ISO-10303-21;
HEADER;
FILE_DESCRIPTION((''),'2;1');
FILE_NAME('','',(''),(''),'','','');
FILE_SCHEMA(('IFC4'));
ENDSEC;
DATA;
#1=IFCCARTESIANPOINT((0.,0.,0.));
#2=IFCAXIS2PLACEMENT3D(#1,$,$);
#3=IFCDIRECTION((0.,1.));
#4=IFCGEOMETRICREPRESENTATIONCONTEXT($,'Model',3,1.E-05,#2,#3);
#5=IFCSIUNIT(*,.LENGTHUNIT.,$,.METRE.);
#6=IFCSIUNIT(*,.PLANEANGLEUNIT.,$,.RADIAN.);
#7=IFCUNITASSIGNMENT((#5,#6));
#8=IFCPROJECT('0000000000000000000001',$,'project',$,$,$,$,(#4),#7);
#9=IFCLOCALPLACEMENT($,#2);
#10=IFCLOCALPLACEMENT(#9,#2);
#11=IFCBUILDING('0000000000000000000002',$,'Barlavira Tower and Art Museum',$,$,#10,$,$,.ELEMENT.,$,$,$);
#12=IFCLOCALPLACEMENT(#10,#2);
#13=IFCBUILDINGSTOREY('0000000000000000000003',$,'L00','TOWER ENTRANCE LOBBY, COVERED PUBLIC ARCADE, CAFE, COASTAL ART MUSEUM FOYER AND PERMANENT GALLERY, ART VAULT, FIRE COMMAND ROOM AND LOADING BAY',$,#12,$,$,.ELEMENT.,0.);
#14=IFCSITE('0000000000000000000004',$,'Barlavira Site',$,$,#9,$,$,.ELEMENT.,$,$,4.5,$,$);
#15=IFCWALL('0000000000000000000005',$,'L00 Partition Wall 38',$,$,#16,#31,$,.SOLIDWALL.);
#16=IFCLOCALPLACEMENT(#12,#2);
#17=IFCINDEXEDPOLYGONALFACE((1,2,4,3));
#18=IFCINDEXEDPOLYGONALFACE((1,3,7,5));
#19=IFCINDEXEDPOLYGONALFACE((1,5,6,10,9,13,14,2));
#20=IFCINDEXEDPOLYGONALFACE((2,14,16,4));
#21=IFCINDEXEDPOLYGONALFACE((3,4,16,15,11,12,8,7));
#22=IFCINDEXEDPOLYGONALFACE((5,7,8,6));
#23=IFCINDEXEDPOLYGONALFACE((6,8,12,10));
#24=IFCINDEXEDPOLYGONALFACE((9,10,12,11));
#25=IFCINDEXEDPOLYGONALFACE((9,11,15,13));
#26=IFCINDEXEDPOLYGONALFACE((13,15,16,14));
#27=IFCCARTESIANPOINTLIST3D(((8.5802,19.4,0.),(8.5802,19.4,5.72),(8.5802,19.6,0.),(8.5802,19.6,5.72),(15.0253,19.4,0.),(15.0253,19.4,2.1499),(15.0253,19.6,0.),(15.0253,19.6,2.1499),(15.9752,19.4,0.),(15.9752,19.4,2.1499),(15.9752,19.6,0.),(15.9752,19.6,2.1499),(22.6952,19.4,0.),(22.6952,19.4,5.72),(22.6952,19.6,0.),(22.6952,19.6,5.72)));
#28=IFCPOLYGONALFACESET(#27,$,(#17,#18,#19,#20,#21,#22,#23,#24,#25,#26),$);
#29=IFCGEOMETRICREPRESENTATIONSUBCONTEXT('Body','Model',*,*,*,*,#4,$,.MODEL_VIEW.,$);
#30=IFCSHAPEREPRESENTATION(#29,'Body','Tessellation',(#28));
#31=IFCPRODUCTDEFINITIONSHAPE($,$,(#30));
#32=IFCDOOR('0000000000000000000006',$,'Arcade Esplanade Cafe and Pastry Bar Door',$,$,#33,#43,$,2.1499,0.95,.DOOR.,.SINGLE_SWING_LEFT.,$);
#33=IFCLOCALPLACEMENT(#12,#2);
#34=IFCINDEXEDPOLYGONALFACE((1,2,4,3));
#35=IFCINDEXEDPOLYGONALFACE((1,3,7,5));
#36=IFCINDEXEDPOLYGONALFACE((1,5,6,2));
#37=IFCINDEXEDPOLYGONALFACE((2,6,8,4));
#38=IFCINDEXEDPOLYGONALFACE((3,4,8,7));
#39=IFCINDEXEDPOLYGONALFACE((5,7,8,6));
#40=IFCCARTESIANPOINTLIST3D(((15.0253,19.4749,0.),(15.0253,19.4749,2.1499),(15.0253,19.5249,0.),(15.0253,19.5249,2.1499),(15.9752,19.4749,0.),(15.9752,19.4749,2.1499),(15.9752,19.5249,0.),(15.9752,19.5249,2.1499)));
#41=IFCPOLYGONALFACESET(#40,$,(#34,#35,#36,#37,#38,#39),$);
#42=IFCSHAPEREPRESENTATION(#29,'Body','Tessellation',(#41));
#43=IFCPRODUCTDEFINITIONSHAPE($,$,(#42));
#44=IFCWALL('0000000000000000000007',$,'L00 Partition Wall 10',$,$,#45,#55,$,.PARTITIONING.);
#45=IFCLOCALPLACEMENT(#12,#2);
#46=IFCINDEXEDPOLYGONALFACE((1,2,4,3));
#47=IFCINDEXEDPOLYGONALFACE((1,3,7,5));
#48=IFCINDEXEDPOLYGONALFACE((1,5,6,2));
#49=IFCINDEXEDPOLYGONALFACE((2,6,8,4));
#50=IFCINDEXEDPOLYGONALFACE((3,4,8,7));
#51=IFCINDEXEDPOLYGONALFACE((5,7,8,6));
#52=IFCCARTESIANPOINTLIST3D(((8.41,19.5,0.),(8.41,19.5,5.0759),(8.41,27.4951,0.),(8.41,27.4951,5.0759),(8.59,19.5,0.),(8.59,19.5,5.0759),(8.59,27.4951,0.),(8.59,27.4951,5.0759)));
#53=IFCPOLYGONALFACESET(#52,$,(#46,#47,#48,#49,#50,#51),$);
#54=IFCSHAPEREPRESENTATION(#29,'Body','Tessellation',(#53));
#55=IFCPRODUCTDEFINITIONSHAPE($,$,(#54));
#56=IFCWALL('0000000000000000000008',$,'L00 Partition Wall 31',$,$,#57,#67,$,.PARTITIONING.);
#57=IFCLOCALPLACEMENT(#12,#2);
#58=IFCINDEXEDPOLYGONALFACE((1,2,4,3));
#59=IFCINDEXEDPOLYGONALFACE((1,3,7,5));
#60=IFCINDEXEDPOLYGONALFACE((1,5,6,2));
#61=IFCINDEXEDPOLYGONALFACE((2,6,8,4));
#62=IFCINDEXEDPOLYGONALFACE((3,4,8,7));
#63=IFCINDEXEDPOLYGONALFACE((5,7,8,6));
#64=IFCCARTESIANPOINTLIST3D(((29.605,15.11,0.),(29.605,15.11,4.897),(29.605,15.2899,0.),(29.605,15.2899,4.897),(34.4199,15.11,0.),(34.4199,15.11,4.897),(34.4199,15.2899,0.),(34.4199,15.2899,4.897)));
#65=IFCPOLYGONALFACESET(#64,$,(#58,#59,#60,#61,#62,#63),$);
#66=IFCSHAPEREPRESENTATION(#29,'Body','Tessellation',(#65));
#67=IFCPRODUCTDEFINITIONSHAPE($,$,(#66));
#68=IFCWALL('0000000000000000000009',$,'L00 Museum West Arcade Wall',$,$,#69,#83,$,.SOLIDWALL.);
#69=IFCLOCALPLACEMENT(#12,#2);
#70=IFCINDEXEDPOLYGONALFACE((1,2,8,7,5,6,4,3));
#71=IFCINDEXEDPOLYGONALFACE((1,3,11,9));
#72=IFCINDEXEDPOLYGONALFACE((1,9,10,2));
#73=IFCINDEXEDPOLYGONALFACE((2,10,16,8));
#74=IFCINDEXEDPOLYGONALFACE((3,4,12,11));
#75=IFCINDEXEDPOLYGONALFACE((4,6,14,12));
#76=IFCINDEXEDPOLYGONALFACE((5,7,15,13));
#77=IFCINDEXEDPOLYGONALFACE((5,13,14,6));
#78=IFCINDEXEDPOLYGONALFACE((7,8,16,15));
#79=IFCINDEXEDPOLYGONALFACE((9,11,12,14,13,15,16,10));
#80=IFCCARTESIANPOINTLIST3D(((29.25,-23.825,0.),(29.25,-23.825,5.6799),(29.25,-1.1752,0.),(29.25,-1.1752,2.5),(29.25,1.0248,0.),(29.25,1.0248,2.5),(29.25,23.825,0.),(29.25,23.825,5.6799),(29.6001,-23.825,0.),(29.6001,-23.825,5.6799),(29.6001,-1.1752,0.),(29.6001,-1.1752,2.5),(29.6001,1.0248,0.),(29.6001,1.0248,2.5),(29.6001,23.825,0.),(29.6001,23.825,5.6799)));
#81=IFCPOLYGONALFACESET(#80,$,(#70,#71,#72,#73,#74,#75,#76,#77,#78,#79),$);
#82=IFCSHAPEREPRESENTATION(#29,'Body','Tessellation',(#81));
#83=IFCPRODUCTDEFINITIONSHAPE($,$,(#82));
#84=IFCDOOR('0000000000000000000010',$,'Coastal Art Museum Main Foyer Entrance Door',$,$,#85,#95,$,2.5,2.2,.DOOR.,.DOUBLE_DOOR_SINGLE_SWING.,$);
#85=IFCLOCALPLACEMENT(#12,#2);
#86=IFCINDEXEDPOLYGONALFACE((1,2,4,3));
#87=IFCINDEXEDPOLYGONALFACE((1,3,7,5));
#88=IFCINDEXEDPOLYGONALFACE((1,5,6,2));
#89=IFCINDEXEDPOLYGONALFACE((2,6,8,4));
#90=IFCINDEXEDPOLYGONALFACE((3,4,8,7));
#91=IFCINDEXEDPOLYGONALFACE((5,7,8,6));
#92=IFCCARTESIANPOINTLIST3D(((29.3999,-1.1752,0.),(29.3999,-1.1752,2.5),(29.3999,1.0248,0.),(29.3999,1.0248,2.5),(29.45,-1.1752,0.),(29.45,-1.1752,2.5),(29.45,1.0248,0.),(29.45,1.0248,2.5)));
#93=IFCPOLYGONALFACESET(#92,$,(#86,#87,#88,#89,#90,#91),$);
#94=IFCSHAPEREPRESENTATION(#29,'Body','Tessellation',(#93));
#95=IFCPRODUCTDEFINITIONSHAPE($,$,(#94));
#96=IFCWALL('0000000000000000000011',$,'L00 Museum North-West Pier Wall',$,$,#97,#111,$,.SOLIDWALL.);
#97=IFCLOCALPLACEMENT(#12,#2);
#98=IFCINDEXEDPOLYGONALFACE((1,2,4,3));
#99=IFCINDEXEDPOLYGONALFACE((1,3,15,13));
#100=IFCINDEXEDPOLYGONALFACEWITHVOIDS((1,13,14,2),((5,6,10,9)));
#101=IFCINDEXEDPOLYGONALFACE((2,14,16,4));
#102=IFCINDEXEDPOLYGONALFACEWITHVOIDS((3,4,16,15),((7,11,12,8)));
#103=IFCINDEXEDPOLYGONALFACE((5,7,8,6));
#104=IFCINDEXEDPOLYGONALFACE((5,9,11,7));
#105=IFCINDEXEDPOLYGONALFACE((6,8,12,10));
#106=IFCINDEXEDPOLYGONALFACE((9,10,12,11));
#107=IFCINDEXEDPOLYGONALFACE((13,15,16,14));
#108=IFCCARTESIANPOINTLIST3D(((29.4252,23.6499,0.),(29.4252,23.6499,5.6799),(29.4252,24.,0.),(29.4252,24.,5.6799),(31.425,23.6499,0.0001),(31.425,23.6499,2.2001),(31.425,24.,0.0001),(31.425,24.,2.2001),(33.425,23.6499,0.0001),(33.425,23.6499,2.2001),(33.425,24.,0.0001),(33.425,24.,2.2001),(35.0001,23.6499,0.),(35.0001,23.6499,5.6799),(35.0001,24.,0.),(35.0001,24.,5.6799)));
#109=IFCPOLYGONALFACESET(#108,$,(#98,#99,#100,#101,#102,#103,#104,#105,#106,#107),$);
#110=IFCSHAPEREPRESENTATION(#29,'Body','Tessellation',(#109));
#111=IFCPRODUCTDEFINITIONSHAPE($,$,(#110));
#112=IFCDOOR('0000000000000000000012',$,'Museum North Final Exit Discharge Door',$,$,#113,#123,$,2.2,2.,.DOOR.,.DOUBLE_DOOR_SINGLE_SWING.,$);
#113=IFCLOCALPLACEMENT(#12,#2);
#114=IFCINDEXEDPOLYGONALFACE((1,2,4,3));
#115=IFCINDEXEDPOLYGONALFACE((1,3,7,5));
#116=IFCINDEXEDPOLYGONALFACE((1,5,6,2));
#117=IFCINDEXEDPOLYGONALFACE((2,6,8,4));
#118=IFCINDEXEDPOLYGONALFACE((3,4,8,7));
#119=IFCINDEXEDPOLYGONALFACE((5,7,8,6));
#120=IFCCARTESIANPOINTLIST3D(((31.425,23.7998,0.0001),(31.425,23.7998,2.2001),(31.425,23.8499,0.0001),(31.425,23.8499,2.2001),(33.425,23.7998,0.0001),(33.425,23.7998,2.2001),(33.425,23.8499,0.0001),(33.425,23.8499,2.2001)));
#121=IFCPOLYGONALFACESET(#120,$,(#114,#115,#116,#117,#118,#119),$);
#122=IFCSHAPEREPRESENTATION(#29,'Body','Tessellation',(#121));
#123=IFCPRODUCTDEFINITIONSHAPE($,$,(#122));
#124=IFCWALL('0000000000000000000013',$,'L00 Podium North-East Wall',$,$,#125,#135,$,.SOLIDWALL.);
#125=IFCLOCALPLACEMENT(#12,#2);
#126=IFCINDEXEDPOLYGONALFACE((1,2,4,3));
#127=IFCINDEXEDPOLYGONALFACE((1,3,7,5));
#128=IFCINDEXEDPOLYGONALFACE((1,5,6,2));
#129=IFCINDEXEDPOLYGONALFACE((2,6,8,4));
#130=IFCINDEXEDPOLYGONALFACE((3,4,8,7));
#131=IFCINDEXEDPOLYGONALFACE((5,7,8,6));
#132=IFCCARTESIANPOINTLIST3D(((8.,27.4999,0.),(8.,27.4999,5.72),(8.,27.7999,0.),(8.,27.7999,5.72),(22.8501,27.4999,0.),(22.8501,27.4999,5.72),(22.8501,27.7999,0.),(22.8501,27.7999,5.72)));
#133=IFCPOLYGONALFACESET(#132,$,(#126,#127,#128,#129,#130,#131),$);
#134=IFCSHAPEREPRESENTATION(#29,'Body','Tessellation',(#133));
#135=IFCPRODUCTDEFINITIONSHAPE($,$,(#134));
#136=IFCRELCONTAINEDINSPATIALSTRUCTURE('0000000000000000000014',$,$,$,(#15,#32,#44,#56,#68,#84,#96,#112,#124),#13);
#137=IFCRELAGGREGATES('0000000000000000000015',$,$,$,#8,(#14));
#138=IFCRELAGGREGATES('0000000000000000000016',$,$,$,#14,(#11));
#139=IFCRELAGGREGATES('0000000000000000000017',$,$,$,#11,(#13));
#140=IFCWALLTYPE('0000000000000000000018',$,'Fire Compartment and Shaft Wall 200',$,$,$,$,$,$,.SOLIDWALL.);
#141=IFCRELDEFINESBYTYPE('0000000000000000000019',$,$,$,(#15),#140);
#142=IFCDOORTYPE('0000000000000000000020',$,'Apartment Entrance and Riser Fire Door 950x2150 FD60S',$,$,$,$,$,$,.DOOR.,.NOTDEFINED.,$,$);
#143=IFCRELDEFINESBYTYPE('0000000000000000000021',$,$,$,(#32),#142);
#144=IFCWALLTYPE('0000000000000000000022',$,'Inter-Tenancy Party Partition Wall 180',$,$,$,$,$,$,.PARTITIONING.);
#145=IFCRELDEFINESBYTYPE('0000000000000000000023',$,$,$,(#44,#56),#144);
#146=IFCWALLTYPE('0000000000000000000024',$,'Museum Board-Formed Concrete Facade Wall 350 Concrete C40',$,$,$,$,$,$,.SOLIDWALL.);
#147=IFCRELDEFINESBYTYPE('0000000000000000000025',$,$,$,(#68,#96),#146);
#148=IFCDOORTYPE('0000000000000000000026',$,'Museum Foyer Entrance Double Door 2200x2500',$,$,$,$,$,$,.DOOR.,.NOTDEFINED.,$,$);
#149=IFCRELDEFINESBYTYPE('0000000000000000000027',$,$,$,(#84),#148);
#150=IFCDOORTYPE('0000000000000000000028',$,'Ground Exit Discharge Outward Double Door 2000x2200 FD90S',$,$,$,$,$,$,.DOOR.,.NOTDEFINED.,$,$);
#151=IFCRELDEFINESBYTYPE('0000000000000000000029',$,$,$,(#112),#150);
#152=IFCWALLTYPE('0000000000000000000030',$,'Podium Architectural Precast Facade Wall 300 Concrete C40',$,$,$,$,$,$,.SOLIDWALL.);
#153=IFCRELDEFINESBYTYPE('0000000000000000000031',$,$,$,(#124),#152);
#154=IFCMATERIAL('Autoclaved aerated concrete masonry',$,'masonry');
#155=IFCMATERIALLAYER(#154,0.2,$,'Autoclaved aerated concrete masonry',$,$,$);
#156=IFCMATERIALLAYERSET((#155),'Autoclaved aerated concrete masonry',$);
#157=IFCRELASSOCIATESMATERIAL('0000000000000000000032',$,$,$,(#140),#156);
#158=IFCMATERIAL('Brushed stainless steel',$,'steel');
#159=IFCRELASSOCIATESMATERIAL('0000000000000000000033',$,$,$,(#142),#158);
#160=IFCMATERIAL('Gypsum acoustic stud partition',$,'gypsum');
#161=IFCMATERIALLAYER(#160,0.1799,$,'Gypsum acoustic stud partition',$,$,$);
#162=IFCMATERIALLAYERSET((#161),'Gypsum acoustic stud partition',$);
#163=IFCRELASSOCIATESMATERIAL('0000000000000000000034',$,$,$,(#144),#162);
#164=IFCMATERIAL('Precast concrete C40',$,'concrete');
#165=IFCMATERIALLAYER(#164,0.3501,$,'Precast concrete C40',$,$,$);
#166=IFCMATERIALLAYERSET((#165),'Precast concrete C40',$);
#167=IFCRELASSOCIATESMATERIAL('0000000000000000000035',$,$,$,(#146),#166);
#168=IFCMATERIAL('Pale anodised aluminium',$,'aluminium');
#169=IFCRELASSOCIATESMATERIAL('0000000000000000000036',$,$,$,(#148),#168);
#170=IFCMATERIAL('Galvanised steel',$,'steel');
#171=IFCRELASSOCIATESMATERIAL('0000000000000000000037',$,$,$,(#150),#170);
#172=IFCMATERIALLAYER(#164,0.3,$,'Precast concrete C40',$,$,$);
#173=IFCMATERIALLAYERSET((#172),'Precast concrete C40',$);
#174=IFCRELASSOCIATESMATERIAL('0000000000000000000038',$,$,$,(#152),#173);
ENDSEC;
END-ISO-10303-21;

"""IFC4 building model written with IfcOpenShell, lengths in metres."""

from ifc_helpers import new_model, si_unit, direction, frame, frame_2d, origin, place, context, subcontext, project, spatial, rectangle, extrude, material, layer, layer_set, type_object, element, fill, save


model = new_model("IFC4")

# Units and contexts
model_context = context("Model", 3, precision=1e-05, world=origin(), true_north=direction((0.0, 1.0)))
body_context = subcontext(model_context, "Body", "Model", "MODEL_VIEW")
ifc_project = project(units=[si_unit("LENGTHUNIT", "METRE"), si_unit("PLANEANGLEUNIT", "RADIAN")], contexts=[model_context])

# Site, building, storey
site_placement = place(None, origin())
site = spatial("IfcSite", under=ifc_project, at=site_placement, Name="Barlavira Site", CompositionType="ELEMENT", RefElevation=4.5)
building_placement = place(site_placement, origin())
building = spatial("IfcBuilding", under=site, at=building_placement, Name="Barlavira Tower and Art Museum", CompositionType="ELEMENT")
storey_placement = place(building_placement, origin())
storey = spatial("IfcBuildingStorey", under=building, at=storey_placement, Name="L00", Description="TOWER ENTRANCE LOBBY, COVERED PUBLIC ARCADE, CAFE, COASTAL ART MUSEUM FOYER AND PERMANENT GALLERY, ART VAULT, FIRE COMMAND ROOM AND LOADING BAY", CompositionType="ELEMENT", Elevation=0.0)

# Shared definitions
ifc_material_1 = material(Name="Pale anodised aluminium", Category="aluminium")

# Wall, opening, door
ifc_material_2 = material(Name="Autoclaved aerated concrete masonry", Category="masonry")
ifc_layer_1 = layer(ifc_material_2, 0.2, Name="Autoclaved aerated concrete masonry")
ifc_layer_set_1 = layer_set([ifc_layer_1], Name="Autoclaved aerated concrete masonry")
wall_type_1 = type_object("IfcWallType", Name="Fire Compartment and Shaft Wall 200", PredefinedType="SOLIDWALL", material=ifc_layer_set_1)
wall_1_placement = place(storey_placement, frame((8.5801, 19.5, 0.0), z_axis=(0.0, 0.0, 1.0), x_axis=(1.0, 0.0, 0.0)))
wall_1 = element("IfcWall", 1, at=wall_1_placement, inside=storey, type_object=wall_type_1, Name="L00 Partition Wall 38", PredefinedType="SOLIDWALL", context=body_context, shape_type="SweptSolid", body=[
    extrude(rectangle(XDim=14.115, YDim=0.2, at=frame_2d((7.0576, 0.0))), origin(), (0.0, 0.0, 1.0), 5.72),
])
opening_1_placement = place(wall_1_placement, frame((6.4451, 0.0, 0.0)))
opening_1 = element("IfcOpeningElement", 2, at=opening_1_placement, cuts=wall_1, PredefinedType="OPENING", context=body_context, shape_type="SweptSolid", body=[
    extrude(rectangle(XDim=0.95, YDim=2.1499, at=frame_2d((0.4751, 1.075))), frame((0.0, 0.1099, 0.0), z_axis=(0.0, -1.0, 0.0), x_axis=(1.0, 0.0, 0.0)), (0.0, 0.0, 1.0), 0.22),
])
ifc_material_3 = material(Name="Brushed stainless steel", Category="steel")
door_type_1 = type_object("IfcDoorType", Name="Apartment Entrance and Riser Fire Door 950x2150 FD60S", OperationType="NOTDEFINED", PredefinedType="DOOR", material=ifc_material_3)
door_1_placement = place(opening_1_placement, origin())
door_1 = element("IfcDoor", 3, at=door_1_placement, inside=storey, type_object=door_type_1, Name="Arcade Esplanade Cafe and Pastry Bar Door", OperationType="SINGLE_SWING_LEFT", OverallHeight=2.1499, OverallWidth=0.95, PredefinedType="DOOR", context=body_context, shape_type="SweptSolid", body=[
    extrude(rectangle(XDim=0.95, YDim=2.1499, at=frame_2d((0.4751, 1.075))), frame((0.0, 0.0249, 0.0), z_axis=(0.0, -1.0, 0.0), x_axis=(1.0, 0.0, 0.0)), (0.0, 0.0, 1.0), 0.05),
])
fill(opening_1, door_1)

# Walls
ifc_material_4 = material(Name="Gypsum acoustic stud partition", Category="gypsum")
ifc_layer_2 = layer(ifc_material_4, 0.1799, Name="Gypsum acoustic stud partition")
ifc_layer_set_2 = layer_set([ifc_layer_2], Name="Gypsum acoustic stud partition")
wall_type_2 = type_object("IfcWallType", Name="Inter-Tenancy Party Partition Wall 180", PredefinedType="PARTITIONING", material=ifc_layer_set_2)
wall_2_placement = place(storey_placement, frame((8.5, 19.5, 0.0), z_axis=(0.0, 0.0, 1.0), x_axis=(0.0, 1.0, 0.0)))
element("IfcWall", 4, at=wall_2_placement, inside=storey, type_object=wall_type_2, Name="L00 Partition Wall 10", PredefinedType="PARTITIONING", context=body_context, shape_type="SweptSolid", body=[
    extrude(rectangle(XDim=7.9951, YDim=0.1799, at=frame_2d((3.9976, 0.0))), origin(), (0.0, 0.0, 1.0), 5.0759),
])
wall_3_placement = place(storey_placement, frame((29.605, 15.2, 0.0), z_axis=(0.0, 0.0, 1.0), x_axis=(1.0, 0.0, 0.0)))
element("IfcWall", 5, at=wall_3_placement, inside=storey, type_object=wall_type_2, Name="L00 Partition Wall 31", PredefinedType="PARTITIONING", context=body_context, shape_type="SweptSolid", body=[
    extrude(rectangle(XDim=4.8149, YDim=0.1799, at=frame_2d((2.4075, 0.0))), origin(), (0.0, 0.0, 1.0), 4.897),
])

# Walls, openings, doors
ifc_material_5 = material(Name="Precast concrete C40", Category="concrete")
ifc_layer_3 = layer(ifc_material_5, 0.3501, Name="Precast concrete C40")
ifc_layer_set_3 = layer_set([ifc_layer_3], Name="Precast concrete C40")
wall_type_3 = type_object("IfcWallType", Name="Museum Board-Formed Concrete Facade Wall 350 Concrete C40", PredefinedType="SOLIDWALL", material=ifc_layer_set_3)
wall_4_placement = place(storey_placement, frame((29.425, 23.825, 0.0), z_axis=(0.0, 0.0, 1.0), x_axis=(0.0, -1.0, 0.0)))
wall_4 = element("IfcWall", 6, at=wall_4_placement, inside=storey, type_object=wall_type_3, Name="L00 Museum West Arcade Wall", PredefinedType="SOLIDWALL", context=body_context, shape_type="SweptSolid", body=[
    extrude(rectangle(XDim=47.6499, YDim=0.3501, at=frame_2d((23.825, 0.0))), origin(), (0.0, 0.0, 1.0), 5.6799),
])
opening_2_placement = place(wall_4_placement, frame((22.8, 0.0, 0.0)))
opening_2 = element("IfcOpeningElement", 7, at=opening_2_placement, cuts=wall_4, PredefinedType="OPENING", context=body_context, shape_type="SweptSolid", body=[
    extrude(rectangle(XDim=2.2, YDim=2.5, at=frame_2d((1.1001, 1.25))), frame((0.0, 0.1851, 0.0), z_axis=(0.0, -1.0, 0.0), x_axis=(1.0, 0.0, 0.0)), (0.0, 0.0, 1.0), 0.3701),
])
door_type_2 = type_object("IfcDoorType", Name="Museum Foyer Entrance Double Door 2200x2500", OperationType="NOTDEFINED", PredefinedType="DOOR", material=ifc_material_1)
door_2_placement = place(opening_2_placement, origin())
door_2 = element("IfcDoor", 8, at=door_2_placement, inside=storey, type_object=door_type_2, Name="Coastal Art Museum Main Foyer Entrance Door", OperationType="DOUBLE_DOOR_SINGLE_SWING", OverallHeight=2.5, OverallWidth=2.2, PredefinedType="DOOR", context=body_context, shape_type="SweptSolid", body=[
    extrude(rectangle(XDim=2.2, YDim=2.5, at=frame_2d((1.1001, 1.25))), frame((0.0, 0.0249, 0.0), z_axis=(0.0, -1.0, 0.0), x_axis=(1.0, 0.0, 0.0)), (0.0, 0.0, 1.0), 0.05),
])
fill(opening_2, door_2)
wall_5_placement = place(storey_placement, frame((29.425, 23.825, 0.0), z_axis=(0.0, 0.0, 1.0), x_axis=(1.0, 0.0, 0.0)))
wall_5 = element("IfcWall", 9, at=wall_5_placement, inside=storey, type_object=wall_type_3, Name="L00 Museum North-West Pier Wall", PredefinedType="SOLIDWALL", context=body_context, shape_type="SweptSolid", body=[
    extrude(rectangle(XDim=5.575, YDim=0.3501, at=frame_2d((2.7876, 0.0))), origin(), (0.0, 0.0, 1.0), 5.6799),
])
opening_3_placement = place(wall_5_placement, frame((2.0, 0.0, 0.0)))
opening_3 = element("IfcOpeningElement", 10, at=opening_3_placement, cuts=wall_5, PredefinedType="OPENING", context=body_context, shape_type="SweptSolid", body=[
    extrude(rectangle(XDim=2.0, YDim=2.2, at=frame_2d((1.0, 1.1001))), frame((0.0, 0.1851, 0.0), z_axis=(0.0, -1.0, 0.0), x_axis=(1.0, 0.0, 0.0)), (0.0, 0.0, 1.0), 0.3701),
])
ifc_material_6 = material(Name="Galvanised steel", Category="steel")
door_type_3 = type_object("IfcDoorType", Name="Ground Exit Discharge Outward Double Door 2000x2200 FD90S", OperationType="NOTDEFINED", PredefinedType="DOOR", material=ifc_material_6)
door_3_placement = place(opening_3_placement, origin())
door_3 = element("IfcDoor", 11, at=door_3_placement, inside=storey, type_object=door_type_3, Name="Museum North Final Exit Discharge Door", OperationType="DOUBLE_DOOR_SINGLE_SWING", OverallHeight=2.2, OverallWidth=2.0, PredefinedType="DOOR", context=body_context, shape_type="SweptSolid", body=[
    extrude(rectangle(XDim=2.0, YDim=2.2, at=frame_2d((1.0, 1.1001))), frame((0.0, 0.0249, 0.0), z_axis=(0.0, -1.0, 0.0), x_axis=(1.0, 0.0, 0.0)), (0.0, 0.0, 1.0), 0.05),
])
fill(opening_3, door_3)

# Wall
ifc_layer_4 = layer(ifc_material_5, 0.3, Name="Precast concrete C40")
ifc_layer_set_4 = layer_set([ifc_layer_4], Name="Precast concrete C40")
wall_type_4 = type_object("IfcWallType", Name="Podium Architectural Precast Facade Wall 300 Concrete C40", PredefinedType="SOLIDWALL", material=ifc_layer_set_4)
wall_6_placement = place(storey_placement, frame((8.0, 27.6499, 0.0), z_axis=(0.0, 0.0, 1.0), x_axis=(1.0, 0.0, 0.0)))
element("IfcWall", 12, at=wall_6_placement, inside=storey, type_object=wall_type_4, Name="L00 Podium North-East Wall", PredefinedType="SOLIDWALL", context=body_context, shape_type="SweptSolid", body=[
    extrude(rectangle(XDim=14.8501, YDim=0.3, at=frame_2d((7.425, 0.0))), origin(), (0.0, 0.0, 1.0), 5.72),
])

save(model, "model.ifc")
